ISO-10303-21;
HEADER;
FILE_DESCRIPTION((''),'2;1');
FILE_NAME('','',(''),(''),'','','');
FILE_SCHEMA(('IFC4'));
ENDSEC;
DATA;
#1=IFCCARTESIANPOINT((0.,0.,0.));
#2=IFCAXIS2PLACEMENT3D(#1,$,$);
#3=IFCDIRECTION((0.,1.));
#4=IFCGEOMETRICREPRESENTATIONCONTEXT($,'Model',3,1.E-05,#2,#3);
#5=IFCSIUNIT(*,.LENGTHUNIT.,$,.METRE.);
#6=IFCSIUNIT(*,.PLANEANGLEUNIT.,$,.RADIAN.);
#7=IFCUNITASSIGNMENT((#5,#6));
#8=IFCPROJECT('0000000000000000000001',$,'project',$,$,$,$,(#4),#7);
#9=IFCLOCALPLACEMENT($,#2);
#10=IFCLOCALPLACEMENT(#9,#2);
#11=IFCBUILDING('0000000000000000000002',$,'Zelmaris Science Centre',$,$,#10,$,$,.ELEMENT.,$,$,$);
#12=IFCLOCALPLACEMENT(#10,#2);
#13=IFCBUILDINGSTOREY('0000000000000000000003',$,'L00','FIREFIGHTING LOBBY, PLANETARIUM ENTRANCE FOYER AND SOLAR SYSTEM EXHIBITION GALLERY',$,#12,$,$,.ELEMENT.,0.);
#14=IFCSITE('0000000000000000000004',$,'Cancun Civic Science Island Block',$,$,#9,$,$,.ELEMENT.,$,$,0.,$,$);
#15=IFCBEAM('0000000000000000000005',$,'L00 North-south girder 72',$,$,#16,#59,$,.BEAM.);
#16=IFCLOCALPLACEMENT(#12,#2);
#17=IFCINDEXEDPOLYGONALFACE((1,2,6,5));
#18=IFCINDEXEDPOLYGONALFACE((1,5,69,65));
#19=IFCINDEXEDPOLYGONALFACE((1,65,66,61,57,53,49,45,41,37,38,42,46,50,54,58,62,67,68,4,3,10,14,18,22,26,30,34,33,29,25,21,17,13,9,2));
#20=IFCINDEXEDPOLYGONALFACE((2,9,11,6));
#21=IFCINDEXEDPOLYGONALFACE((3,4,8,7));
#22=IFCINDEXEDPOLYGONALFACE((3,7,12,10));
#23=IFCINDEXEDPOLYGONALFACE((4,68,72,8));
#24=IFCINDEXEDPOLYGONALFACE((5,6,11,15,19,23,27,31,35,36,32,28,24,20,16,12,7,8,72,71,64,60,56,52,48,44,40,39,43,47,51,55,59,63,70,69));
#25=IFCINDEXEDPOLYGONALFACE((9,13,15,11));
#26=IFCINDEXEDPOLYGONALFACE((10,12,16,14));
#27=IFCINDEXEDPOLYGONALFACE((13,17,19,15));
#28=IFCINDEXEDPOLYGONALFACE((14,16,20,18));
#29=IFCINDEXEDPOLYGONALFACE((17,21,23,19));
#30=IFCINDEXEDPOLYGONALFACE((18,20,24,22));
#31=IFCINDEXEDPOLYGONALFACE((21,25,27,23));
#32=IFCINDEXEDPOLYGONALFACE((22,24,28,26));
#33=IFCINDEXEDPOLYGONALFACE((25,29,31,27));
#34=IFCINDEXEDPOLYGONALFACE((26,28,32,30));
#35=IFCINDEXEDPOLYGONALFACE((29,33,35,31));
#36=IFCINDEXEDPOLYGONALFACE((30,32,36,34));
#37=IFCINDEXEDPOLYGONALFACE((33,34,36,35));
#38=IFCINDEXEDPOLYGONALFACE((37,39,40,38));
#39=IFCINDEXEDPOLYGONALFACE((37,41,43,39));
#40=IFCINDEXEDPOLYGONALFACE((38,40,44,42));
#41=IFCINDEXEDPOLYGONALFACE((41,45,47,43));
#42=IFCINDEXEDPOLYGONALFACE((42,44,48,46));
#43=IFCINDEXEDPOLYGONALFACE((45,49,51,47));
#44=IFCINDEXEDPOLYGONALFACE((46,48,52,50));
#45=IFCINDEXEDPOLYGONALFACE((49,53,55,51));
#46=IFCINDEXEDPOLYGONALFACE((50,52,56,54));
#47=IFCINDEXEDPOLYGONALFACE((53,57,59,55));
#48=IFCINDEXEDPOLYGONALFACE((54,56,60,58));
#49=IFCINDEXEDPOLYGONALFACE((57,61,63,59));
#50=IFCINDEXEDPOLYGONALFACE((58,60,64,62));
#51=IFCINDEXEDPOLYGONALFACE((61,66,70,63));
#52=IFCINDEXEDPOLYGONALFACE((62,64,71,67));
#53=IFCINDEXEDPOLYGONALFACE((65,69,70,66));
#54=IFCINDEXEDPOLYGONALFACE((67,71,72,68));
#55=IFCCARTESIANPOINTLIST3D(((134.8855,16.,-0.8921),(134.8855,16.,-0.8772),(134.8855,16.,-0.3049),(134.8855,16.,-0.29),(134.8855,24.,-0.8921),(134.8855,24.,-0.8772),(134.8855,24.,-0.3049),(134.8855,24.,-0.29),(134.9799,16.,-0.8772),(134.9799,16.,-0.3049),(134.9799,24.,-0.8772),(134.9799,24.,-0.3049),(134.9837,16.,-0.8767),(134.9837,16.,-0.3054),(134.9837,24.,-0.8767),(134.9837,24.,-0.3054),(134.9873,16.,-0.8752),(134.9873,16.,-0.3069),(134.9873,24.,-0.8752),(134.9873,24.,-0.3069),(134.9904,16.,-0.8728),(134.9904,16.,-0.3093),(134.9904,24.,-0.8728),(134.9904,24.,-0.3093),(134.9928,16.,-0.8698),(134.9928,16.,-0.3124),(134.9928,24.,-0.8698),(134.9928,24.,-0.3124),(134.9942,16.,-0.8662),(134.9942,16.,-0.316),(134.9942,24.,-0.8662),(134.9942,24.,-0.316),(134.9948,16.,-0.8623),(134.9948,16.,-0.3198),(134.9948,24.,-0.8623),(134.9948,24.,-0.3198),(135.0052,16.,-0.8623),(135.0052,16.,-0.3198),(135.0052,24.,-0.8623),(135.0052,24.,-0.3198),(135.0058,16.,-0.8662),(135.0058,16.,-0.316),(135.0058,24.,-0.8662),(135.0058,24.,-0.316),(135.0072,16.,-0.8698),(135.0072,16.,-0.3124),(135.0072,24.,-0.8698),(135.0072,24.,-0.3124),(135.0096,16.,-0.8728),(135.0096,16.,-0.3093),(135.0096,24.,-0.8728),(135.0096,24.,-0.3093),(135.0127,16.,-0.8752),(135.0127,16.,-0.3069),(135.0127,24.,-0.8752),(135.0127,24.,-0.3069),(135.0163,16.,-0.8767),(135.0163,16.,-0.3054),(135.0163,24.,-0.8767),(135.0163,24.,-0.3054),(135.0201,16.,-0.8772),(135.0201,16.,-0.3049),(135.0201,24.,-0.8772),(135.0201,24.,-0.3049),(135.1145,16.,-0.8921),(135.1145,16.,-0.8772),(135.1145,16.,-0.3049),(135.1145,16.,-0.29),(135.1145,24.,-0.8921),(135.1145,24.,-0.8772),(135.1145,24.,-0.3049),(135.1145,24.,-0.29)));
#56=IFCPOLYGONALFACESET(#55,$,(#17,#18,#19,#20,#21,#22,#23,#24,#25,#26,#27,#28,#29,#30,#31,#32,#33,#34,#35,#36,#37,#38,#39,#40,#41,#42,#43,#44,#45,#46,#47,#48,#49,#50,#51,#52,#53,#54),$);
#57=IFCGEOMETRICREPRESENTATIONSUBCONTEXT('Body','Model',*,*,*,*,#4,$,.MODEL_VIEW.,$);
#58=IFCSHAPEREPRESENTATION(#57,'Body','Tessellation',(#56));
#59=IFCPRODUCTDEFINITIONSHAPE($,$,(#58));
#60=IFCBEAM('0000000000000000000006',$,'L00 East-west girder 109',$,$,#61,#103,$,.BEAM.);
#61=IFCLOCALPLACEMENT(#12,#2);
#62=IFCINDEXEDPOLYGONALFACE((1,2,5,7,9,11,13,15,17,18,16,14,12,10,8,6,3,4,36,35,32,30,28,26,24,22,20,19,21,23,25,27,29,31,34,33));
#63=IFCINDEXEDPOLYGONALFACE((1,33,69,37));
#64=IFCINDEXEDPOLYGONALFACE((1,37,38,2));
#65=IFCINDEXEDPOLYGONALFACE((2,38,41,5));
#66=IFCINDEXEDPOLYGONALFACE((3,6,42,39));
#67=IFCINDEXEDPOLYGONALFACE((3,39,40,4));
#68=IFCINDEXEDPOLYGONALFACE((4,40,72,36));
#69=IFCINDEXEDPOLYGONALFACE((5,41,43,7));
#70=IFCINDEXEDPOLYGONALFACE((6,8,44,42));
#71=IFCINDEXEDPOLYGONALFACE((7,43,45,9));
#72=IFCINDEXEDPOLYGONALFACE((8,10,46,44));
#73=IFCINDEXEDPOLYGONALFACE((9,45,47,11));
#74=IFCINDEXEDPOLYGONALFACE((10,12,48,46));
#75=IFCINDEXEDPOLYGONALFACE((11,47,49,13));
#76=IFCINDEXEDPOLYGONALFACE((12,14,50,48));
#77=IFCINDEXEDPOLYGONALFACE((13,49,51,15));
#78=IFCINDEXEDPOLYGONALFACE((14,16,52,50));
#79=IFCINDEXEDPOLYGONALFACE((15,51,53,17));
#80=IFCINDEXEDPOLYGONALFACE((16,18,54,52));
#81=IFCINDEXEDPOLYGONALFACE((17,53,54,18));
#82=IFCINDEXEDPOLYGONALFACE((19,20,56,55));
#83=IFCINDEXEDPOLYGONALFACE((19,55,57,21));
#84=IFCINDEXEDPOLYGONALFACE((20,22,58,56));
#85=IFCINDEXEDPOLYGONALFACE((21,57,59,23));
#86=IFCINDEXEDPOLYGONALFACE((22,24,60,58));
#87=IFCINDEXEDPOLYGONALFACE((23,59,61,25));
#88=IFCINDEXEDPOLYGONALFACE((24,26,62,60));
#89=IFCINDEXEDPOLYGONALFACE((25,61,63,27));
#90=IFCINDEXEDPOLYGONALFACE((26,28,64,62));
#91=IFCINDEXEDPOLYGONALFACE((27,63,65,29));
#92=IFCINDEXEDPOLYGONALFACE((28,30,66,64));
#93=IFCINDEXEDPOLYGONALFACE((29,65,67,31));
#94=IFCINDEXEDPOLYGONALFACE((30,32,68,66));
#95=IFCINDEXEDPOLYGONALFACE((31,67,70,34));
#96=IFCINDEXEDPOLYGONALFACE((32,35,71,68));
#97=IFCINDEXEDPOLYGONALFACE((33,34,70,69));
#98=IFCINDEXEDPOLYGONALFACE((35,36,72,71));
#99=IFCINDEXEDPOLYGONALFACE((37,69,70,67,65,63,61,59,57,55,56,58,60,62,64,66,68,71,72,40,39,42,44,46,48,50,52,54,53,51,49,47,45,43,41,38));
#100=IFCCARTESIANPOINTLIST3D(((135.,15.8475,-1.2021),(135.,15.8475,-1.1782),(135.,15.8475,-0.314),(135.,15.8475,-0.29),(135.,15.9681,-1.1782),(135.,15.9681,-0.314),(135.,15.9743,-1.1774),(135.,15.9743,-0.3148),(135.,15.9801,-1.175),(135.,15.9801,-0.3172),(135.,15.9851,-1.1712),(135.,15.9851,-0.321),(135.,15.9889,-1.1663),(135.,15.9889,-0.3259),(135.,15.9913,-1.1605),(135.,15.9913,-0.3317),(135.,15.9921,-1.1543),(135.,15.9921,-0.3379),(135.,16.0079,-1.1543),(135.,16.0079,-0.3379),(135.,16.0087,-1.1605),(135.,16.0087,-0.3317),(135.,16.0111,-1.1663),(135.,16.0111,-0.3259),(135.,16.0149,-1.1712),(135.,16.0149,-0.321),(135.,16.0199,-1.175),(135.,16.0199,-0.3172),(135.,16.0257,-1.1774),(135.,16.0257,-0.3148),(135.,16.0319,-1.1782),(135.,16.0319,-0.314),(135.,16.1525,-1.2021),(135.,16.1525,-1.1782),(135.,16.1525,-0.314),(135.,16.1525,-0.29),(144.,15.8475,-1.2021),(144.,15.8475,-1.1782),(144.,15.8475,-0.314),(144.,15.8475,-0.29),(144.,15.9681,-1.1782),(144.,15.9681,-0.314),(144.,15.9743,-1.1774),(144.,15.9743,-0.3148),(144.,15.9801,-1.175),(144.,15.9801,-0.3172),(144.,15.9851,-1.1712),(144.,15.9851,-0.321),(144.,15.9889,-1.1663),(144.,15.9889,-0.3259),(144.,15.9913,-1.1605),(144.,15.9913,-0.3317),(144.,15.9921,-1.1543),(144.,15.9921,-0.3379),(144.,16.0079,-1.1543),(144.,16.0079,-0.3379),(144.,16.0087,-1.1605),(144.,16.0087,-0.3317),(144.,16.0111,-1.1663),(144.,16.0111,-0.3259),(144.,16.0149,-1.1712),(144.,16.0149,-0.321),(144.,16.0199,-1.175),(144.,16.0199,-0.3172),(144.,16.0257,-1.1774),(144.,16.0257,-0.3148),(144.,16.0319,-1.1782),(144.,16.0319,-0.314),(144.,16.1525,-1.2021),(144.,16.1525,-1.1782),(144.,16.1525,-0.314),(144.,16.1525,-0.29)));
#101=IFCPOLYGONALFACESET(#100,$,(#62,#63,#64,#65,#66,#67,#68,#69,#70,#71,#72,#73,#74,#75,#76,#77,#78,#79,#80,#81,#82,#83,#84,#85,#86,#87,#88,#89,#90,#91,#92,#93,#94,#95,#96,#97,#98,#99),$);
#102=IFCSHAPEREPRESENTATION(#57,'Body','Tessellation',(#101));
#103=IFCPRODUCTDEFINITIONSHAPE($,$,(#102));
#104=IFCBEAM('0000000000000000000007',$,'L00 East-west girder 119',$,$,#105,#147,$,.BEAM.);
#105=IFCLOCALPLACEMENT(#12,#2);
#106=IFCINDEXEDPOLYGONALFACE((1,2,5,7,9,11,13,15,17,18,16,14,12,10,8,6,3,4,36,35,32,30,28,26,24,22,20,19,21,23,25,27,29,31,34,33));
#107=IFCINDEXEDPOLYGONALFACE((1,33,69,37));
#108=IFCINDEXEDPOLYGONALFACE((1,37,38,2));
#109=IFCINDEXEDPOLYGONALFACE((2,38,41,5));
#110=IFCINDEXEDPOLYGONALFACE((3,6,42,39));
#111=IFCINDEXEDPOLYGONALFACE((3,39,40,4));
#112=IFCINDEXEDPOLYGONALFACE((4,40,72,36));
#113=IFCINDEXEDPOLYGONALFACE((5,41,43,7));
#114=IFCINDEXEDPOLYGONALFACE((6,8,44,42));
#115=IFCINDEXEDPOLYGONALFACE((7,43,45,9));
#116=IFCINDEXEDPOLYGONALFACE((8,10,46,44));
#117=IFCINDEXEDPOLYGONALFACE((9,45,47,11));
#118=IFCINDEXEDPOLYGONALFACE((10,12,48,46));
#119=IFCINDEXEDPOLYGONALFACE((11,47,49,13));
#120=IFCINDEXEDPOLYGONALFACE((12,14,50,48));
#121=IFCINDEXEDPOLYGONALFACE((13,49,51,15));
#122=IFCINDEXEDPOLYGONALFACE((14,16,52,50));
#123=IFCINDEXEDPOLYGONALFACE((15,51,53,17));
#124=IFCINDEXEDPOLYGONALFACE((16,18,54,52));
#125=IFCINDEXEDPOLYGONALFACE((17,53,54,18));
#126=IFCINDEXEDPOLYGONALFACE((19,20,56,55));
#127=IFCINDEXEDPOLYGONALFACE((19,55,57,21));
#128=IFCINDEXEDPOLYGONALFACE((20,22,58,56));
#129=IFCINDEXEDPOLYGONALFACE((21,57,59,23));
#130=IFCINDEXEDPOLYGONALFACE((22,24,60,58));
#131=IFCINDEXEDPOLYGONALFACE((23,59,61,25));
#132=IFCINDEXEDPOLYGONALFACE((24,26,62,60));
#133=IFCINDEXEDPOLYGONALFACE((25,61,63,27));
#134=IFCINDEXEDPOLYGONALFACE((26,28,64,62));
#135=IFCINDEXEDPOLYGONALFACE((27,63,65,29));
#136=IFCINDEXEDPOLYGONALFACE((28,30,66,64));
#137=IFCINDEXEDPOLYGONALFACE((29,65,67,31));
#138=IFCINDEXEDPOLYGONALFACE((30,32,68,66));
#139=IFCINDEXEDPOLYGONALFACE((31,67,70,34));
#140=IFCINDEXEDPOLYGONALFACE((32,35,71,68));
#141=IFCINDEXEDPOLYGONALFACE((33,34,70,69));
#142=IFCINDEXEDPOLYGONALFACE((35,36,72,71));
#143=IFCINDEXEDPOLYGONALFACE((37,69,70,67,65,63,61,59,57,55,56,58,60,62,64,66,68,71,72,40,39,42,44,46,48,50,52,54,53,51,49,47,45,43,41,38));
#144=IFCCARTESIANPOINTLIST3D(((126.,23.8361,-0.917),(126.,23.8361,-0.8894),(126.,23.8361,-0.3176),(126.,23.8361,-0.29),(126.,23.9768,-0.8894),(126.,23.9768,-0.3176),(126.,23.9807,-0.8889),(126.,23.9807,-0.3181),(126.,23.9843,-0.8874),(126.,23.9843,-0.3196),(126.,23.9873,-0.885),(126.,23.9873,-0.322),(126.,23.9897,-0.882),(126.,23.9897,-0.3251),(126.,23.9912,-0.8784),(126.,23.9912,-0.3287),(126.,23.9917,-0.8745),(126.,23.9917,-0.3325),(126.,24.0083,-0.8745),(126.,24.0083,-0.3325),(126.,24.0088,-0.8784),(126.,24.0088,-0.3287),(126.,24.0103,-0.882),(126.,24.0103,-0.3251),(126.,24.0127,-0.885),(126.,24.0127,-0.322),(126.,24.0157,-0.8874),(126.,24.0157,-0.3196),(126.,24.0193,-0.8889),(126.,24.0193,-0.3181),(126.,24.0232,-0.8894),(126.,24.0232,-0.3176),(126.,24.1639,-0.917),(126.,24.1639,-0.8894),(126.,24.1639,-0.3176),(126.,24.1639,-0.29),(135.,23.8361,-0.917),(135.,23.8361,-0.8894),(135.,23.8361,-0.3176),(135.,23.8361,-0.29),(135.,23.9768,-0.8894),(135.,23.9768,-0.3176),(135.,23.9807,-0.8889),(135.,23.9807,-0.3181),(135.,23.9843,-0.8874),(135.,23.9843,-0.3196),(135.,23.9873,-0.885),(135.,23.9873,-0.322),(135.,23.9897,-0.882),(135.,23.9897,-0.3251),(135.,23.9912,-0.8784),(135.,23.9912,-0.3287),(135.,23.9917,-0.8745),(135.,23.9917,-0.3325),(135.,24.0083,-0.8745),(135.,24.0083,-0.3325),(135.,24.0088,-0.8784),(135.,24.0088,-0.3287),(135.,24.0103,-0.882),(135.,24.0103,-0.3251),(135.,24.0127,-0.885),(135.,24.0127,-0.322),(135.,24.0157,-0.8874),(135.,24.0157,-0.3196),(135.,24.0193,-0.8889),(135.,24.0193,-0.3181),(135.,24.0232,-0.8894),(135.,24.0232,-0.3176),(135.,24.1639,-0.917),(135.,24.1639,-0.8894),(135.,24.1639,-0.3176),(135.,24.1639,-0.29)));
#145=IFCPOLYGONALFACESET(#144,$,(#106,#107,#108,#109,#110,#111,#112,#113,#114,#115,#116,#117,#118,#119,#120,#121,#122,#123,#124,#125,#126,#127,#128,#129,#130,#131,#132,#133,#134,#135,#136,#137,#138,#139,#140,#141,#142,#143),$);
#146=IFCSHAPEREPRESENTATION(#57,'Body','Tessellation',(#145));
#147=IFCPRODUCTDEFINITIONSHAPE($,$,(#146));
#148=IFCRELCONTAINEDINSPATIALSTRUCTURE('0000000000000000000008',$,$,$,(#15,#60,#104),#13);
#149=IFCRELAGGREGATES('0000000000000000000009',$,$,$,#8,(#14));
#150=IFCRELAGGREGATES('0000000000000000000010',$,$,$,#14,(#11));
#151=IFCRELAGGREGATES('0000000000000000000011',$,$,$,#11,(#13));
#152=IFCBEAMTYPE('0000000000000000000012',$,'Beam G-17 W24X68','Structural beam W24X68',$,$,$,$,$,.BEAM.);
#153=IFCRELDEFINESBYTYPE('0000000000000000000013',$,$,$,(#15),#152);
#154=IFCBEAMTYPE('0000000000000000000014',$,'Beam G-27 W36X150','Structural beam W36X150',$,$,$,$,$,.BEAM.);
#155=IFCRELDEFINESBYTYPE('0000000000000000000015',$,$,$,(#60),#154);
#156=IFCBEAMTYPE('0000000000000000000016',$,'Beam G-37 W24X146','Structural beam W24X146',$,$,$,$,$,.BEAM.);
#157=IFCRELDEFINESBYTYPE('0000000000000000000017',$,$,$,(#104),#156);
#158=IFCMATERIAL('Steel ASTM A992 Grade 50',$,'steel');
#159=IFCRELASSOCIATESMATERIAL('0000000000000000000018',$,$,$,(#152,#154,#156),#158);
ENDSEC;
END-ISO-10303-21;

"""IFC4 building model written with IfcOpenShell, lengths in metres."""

from ifc_helpers import new_model, si_unit, direction, frame, origin, origin_2d, place, context, subcontext, project, spatial, i_section, extrude, material, material_profile, profile_set, type_object, element, save


model = new_model("IFC4")

# Units and contexts
model_context = context("Model", 3, precision=1e-05, world=origin(), true_north=direction((0.0, 1.0)))
body_context = subcontext(model_context, "Body", "Model", "MODEL_VIEW")
ifc_project = project(units=[si_unit("LENGTHUNIT", "METRE"), si_unit("PLANEANGLEUNIT", "RADIAN")], contexts=[model_context])

# Site, building, storey
site_placement = place(None, origin())
site = spatial("IfcSite", under=ifc_project, at=site_placement, Name="Cancun Civic Science Island Block", CompositionType="ELEMENT", RefElevation=0.0)
building_placement = place(site_placement, origin())
building = spatial("IfcBuilding", under=site, at=building_placement, Name="Zelmaris Science Centre", CompositionType="ELEMENT")
storey_placement = place(building_placement, origin())
storey = spatial("IfcBuildingStorey", under=building, at=storey_placement, Name="L00", Description="FIREFIGHTING LOBBY, PLANETARIUM ENTRANCE FOYER AND SOLAR SYSTEM EXHIBITION GALLERY", CompositionType="ELEMENT", Elevation=0.0)

# Shared definitions
ifc_material_1 = material(Name="Steel ASTM A992 Grade 50", Category="steel")

# Beams
ifc_material_profile_1 = material_profile(ifc_material_1, i_section(OverallWidth=0.229, OverallDepth=0.6021, WebThickness=0.0105, FlangeThickness=0.0149, FilletRadius=0.0149, at=origin_2d()), Name="W24X68")
ifc_profile_set_1 = profile_set([ifc_material_profile_1], Name="Steel ASTM A992 Grade 50")
beam_type_1 = type_object("IfcBeamType", Name="Beam G-17 W24X68", Description="Structural beam W24X68", PredefinedType="BEAM", material=ifc_profile_set_1)
beam_1_placement = place(storey_placement, frame((135.0, 16.0, -0.5911), z_axis=(0.0, 1.0, 0.0), x_axis=(-1.0, 0.0, 0.0)))
element("IfcBeam", 1, at=beam_1_placement, inside=storey, type_object=beam_type_1, Name="L00 North-south girder 72", PredefinedType="BEAM", context=body_context, shape_type="SweptSolid", body=[
    extrude(i_section(OverallWidth=0.229, OverallDepth=0.6021, WebThickness=0.0105, FlangeThickness=0.0149, FilletRadius=0.0149, at=origin_2d()), origin(), (0.0, 0.0, 1.0), 8.0),
])
ifc_material_profile_2 = material_profile(ifc_material_1, i_section(OverallWidth=0.3049, OverallDepth=0.9121, WebThickness=0.0159, FlangeThickness=0.0239, FilletRadius=0.0239, at=origin_2d()), Name="W36X150")
ifc_profile_set_2 = profile_set([ifc_material_profile_2], Name="Steel ASTM A992 Grade 50")
beam_type_2 = type_object("IfcBeamType", Name="Beam G-27 W36X150", Description="Structural beam W36X150", PredefinedType="BEAM", material=ifc_profile_set_2)
beam_2_placement = place(storey_placement, frame((135.0, 16.0, -0.7461), z_axis=(1.0, 0.0, 0.0), x_axis=(0.0, 1.0, 0.0)))
element("IfcBeam", 2, at=beam_2_placement, inside=storey, type_object=beam_type_2, Name="L00 East-west girder 109", PredefinedType="BEAM", context=body_context, shape_type="SweptSolid", body=[
    extrude(i_section(OverallWidth=0.3049, OverallDepth=0.9121, WebThickness=0.0159, FlangeThickness=0.0239, FilletRadius=0.0239, at=origin_2d()), origin(), (0.0, 0.0, 1.0), 9.0),
])
ifc_material_profile_3 = material_profile(ifc_material_1, i_section(OverallWidth=0.3279, OverallDepth=0.627, WebThickness=0.0166, FlangeThickness=0.0276, FilletRadius=0.0149, at=origin_2d()), Name="W24X146")
ifc_profile_set_3 = profile_set([ifc_material_profile_3], Name="Steel ASTM A992 Grade 50")
beam_type_3 = type_object("IfcBeamType", Name="Beam G-37 W24X146", Description="Structural beam W24X146", PredefinedType="BEAM", material=ifc_profile_set_3)
beam_3_placement = place(storey_placement, frame((126.0, 24.0, -0.6035), z_axis=(1.0, 0.0, 0.0), x_axis=(0.0, 1.0, 0.0)))
element("IfcBeam", 3, at=beam_3_placement, inside=storey, type_object=beam_type_3, Name="L00 East-west girder 119", PredefinedType="BEAM", context=body_context, shape_type="SweptSolid", body=[
    extrude(i_section(OverallWidth=0.3279, OverallDepth=0.627, WebThickness=0.0166, FlangeThickness=0.0276, FilletRadius=0.0149, at=origin_2d()), origin(), (0.0, 0.0, 1.0), 9.0),
])

save(model, "model.ifc")
